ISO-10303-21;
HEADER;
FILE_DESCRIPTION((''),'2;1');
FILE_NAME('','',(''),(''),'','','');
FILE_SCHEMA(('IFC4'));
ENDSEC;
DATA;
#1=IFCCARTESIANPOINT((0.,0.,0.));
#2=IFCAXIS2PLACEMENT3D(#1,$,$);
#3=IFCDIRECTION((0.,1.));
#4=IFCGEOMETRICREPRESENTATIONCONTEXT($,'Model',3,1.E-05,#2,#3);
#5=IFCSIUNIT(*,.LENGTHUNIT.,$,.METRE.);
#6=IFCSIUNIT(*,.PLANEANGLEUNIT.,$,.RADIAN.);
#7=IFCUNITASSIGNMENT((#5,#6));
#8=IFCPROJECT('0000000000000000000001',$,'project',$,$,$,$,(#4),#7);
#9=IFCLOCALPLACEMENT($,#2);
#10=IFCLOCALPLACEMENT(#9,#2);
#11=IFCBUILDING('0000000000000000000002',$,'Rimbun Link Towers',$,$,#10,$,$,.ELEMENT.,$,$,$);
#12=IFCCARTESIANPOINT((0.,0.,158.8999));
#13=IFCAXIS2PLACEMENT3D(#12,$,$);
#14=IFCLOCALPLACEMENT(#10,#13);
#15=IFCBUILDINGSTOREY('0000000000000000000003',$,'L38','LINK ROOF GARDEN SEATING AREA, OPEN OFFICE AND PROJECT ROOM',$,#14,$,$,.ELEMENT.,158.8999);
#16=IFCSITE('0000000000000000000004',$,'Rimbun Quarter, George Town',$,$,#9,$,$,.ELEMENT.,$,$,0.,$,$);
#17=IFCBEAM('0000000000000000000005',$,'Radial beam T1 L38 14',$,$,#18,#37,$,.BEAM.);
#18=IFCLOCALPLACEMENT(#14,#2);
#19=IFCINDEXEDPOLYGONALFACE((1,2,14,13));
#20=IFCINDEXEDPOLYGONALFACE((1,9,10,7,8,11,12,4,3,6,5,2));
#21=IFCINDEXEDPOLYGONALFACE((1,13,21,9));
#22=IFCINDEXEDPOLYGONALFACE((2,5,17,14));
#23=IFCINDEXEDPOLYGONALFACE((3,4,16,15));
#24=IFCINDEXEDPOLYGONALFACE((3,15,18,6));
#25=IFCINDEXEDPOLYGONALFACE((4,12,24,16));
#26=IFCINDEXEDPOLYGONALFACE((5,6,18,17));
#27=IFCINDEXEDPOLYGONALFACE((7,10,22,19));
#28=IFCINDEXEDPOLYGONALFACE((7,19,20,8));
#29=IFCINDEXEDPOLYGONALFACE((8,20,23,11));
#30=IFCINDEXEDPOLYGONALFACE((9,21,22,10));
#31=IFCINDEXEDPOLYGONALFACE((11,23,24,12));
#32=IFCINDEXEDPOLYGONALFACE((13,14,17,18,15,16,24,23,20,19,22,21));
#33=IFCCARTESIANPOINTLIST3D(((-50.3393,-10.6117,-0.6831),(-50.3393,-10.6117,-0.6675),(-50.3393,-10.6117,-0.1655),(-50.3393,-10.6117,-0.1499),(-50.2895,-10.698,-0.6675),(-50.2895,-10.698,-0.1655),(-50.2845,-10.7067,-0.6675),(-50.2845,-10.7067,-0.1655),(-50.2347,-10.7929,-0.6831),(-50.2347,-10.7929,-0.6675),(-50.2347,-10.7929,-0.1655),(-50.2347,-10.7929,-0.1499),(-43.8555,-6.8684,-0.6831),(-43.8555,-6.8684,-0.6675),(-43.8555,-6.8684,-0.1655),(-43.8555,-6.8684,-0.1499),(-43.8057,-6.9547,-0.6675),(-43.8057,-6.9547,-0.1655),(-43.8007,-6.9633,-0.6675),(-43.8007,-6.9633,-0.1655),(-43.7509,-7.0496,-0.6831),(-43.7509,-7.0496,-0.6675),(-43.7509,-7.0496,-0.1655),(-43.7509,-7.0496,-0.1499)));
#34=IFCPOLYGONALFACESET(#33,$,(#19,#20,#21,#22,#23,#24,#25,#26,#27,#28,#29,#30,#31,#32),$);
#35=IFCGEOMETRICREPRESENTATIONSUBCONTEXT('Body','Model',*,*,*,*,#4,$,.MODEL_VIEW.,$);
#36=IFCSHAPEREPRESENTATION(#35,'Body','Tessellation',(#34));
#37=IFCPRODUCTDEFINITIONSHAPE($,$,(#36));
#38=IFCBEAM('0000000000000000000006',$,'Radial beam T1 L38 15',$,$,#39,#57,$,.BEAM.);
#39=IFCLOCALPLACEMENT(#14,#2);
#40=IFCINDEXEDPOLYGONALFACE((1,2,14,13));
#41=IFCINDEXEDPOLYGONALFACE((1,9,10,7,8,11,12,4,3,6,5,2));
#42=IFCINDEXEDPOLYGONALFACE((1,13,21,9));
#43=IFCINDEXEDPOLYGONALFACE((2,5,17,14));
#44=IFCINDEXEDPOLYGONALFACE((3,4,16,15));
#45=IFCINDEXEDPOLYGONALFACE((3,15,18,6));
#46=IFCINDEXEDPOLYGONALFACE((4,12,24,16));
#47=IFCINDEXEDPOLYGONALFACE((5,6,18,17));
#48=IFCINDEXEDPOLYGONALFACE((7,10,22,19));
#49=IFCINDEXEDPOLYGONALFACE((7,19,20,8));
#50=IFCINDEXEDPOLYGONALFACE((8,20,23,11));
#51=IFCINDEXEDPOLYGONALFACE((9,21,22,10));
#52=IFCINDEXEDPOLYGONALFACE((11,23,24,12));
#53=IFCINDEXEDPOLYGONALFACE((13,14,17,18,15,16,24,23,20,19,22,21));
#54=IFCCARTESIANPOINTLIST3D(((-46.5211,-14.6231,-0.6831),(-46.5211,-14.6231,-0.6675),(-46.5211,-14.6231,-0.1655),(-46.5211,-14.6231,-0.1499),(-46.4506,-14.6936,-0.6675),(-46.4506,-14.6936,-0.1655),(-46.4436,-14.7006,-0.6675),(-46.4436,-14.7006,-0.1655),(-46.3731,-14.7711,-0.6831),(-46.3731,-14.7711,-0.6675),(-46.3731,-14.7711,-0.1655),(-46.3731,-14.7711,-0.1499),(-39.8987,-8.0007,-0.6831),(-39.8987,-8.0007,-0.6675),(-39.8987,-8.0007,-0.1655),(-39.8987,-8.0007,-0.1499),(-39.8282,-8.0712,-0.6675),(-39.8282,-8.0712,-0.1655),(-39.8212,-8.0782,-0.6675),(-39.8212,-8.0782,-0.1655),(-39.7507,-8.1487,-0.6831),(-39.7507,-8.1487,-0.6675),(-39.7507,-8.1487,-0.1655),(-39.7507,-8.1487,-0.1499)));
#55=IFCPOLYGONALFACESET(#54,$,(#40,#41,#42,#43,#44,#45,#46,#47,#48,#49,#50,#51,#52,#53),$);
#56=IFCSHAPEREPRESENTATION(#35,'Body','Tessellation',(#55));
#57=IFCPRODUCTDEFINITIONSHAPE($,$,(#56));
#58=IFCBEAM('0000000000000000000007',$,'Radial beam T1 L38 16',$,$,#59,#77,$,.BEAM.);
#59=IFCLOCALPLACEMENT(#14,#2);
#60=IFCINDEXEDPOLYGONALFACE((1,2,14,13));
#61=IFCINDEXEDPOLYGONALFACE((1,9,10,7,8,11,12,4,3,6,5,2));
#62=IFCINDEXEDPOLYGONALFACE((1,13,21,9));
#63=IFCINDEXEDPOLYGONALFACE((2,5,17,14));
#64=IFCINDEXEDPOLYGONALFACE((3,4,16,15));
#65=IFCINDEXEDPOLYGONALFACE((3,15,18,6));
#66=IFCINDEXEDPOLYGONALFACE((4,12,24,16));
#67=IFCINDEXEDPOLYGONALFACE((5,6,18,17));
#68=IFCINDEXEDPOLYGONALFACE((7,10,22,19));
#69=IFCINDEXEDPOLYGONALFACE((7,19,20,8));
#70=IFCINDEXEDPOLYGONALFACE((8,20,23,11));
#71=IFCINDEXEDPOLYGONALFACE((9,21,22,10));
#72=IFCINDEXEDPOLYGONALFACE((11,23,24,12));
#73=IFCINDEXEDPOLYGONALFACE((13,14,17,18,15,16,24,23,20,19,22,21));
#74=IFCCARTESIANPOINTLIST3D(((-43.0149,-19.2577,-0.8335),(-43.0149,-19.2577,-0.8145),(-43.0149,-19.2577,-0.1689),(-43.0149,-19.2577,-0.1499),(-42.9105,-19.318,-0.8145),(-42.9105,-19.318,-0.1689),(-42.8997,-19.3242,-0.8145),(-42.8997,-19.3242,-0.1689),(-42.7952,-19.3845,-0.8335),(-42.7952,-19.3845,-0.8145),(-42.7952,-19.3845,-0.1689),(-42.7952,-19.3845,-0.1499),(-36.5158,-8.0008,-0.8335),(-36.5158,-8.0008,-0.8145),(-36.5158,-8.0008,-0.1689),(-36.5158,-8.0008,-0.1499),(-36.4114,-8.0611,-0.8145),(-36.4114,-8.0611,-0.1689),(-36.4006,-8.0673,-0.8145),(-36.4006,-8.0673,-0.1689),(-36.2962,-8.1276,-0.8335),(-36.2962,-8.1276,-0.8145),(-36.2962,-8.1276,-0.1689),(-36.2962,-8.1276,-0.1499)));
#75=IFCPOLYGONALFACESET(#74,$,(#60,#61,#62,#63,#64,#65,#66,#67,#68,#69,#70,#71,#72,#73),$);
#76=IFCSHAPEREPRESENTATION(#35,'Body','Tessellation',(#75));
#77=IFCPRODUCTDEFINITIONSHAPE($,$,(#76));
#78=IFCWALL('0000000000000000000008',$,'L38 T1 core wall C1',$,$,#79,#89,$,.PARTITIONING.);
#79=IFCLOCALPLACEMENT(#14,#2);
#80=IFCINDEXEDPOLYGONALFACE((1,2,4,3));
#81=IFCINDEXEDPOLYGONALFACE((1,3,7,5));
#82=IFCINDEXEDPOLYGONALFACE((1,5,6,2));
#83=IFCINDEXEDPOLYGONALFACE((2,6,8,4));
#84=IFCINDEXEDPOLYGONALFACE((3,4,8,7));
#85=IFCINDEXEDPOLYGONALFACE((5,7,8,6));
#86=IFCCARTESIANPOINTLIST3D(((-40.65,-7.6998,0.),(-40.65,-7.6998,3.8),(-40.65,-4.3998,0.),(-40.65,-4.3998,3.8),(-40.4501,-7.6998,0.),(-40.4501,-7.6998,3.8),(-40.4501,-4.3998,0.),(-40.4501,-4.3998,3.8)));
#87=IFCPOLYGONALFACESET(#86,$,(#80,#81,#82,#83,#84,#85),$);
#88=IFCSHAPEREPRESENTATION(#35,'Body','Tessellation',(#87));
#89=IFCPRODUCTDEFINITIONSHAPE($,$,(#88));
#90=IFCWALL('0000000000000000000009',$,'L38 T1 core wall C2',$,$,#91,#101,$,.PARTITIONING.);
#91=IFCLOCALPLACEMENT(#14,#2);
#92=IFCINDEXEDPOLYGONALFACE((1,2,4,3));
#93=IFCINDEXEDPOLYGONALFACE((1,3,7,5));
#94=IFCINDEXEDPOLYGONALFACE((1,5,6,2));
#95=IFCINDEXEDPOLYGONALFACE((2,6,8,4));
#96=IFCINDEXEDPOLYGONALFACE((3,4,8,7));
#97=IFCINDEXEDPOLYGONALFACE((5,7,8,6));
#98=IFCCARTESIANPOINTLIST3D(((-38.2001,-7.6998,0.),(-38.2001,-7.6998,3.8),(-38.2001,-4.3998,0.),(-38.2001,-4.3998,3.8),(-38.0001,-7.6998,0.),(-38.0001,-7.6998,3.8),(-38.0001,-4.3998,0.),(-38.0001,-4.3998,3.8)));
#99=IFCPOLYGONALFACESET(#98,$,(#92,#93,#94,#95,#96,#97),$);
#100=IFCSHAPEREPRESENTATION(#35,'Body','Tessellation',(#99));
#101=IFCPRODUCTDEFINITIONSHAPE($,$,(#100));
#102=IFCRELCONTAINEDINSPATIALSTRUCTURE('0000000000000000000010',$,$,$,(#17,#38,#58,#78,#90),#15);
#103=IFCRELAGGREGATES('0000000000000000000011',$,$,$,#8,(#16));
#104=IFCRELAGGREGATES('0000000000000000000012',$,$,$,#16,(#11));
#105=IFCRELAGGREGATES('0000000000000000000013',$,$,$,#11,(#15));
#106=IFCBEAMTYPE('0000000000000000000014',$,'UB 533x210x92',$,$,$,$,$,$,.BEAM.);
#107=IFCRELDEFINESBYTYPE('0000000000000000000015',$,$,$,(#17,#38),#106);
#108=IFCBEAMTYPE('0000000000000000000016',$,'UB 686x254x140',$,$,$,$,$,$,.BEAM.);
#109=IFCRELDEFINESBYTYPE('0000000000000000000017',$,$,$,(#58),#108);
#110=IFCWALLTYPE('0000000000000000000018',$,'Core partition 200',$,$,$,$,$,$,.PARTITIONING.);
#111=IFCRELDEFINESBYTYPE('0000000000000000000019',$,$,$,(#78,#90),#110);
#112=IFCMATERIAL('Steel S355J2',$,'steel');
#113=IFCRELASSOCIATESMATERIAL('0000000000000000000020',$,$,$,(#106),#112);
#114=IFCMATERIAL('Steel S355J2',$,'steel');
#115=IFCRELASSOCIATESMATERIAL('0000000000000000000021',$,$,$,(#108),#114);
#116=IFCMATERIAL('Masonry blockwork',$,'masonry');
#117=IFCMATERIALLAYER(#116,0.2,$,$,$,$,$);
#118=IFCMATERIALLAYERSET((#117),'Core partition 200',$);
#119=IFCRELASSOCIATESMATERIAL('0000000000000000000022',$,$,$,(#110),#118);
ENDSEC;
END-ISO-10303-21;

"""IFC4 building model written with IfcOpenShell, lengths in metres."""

from ifc_helpers import new_model, si_unit, direction, frame, frame_2d, origin, origin_2d, place, context, subcontext, project, spatial, rectangle, i_section, extrude, material, layer, layer_set, material_profile, profile_set, type_object, element, save


model = new_model("IFC4")

# Units and contexts
model_context = context("Model", 3, precision=1e-05, world=origin(), true_north=direction((0.0, 1.0)))
body_context = subcontext(model_context, "Body", "Model", "MODEL_VIEW")
ifc_project = project(units=[si_unit("LENGTHUNIT", "METRE"), si_unit("PLANEANGLEUNIT", "RADIAN")], contexts=[model_context])

# Site, building, storey
site_placement = place(None, origin())
site = spatial("IfcSite", under=ifc_project, at=site_placement, Name="Rimbun Quarter, George Town", CompositionType="ELEMENT", RefElevation=0.0)
building_placement = place(site_placement, origin())
building = spatial("IfcBuilding", under=site, at=building_placement, Name="Rimbun Link Towers", CompositionType="ELEMENT")
storey_placement = place(building_placement, frame((0.0, 0.0, 158.8999)))
storey = spatial("IfcBuildingStorey", under=building, at=storey_placement, Name="L38", Description="LINK ROOF GARDEN SEATING AREA, OPEN OFFICE AND PROJECT ROOM", CompositionType="ELEMENT", Elevation=158.8999)

# Beams
ifc_material_1 = material(Name="Steel S355J2", Category="steel")
ifc_material_profile_1 = material_profile(ifc_material_1, i_section(OverallWidth=0.2092, OverallDepth=0.5332, WebThickness=0.01, FlangeThickness=0.0156, at=origin_2d()), Name="UB 533x210x92")
ifc_profile_set_1 = profile_set([ifc_material_profile_1], Name="Steel S355J2")
beam_type_1 = type_object("IfcBeamType", Name="UB 533x210x92", PredefinedType="BEAM", material=ifc_profile_set_1)
beam_1_placement = place(storey_placement, frame((-43.8032, -6.959, -0.4165), z_axis=(-0.866029, -0.499993, 0.0), x_axis=(0.499993, -0.866029, 0.0)))
element("IfcBeam", 1, at=beam_1_placement, inside=storey, type_object=beam_type_1, Name="Radial beam T1 L38 14", PredefinedType="BEAM", context=body_context, shape_type="SweptSolid", body=[
    extrude(i_section(OverallWidth=0.2092, OverallDepth=0.5332, WebThickness=0.01, FlangeThickness=0.0156, at=origin_2d()), origin(), (0.0, 0.0, 1.0), 7.4868),
])
beam_2_placement = place(storey_placement, frame((-39.8247, -8.0747, -0.4165), z_axis=(-0.707107, -0.707107, 0.0), x_axis=(0.707107, -0.707107, 0.0)))
element("IfcBeam", 2, at=beam_2_placement, inside=storey, type_object=beam_type_1, Name="Radial beam T1 L38 15", PredefinedType="BEAM", context=body_context, shape_type="SweptSolid", body=[
    extrude(i_section(OverallWidth=0.2092, OverallDepth=0.5332, WebThickness=0.01, FlangeThickness=0.0156, at=origin_2d()), origin(), (0.0, 0.0, 1.0), 9.3655),
])
ifc_material_2 = material(Name="Steel S355J2", Category="steel")
ifc_material_profile_2 = material_profile(ifc_material_2, i_section(OverallWidth=0.2537, OverallDepth=0.6836, WebThickness=0.0125, FlangeThickness=0.019, at=origin_2d()), Name="UB 686x254x140")
ifc_profile_set_2 = profile_set([ifc_material_profile_2], Name="Steel S355J2")
beam_type_2 = type_object("IfcBeamType", Name="UB 686x254x140", PredefinedType="BEAM", material=ifc_profile_set_2)
beam_3_placement = place(storey_placement, frame((-36.406, -8.0642, -0.4917), z_axis=(-0.499993, -0.866029, 0.0), x_axis=(0.866029, -0.499993, 0.0)))
element("IfcBeam", 3, at=beam_3_placement, inside=storey, type_object=beam_type_2, Name="Radial beam T1 L38 16", PredefinedType="BEAM", context=body_context, shape_type="SweptSolid", body=[
    extrude(i_section(OverallWidth=0.2537, OverallDepth=0.6836, WebThickness=0.0125, FlangeThickness=0.019, at=origin_2d()), origin(), (0.0, 0.0, 1.0), 12.9983),
])

# Walls
ifc_material_3 = material(Name="Masonry blockwork", Category="masonry")
ifc_layer_1 = layer(ifc_material_3, 0.2)
ifc_layer_set_1 = layer_set([ifc_layer_1], Name="Core partition 200")
wall_type_1 = type_object("IfcWallType", Name="Core partition 200", PredefinedType="PARTITIONING", material=ifc_layer_set_1)
for number, where, z_axis, x_axis, name in (
    (4, (-40.55, -4.3999, 0.0), (0.0, 0.0, 1.0), (0.0, -1.0, 0.0), "L38 T1 core wall C1"),
    (5, (-38.1001, -4.3999, 0.0), (0.0, 0.0, 1.0), (0.0, -1.0, 0.0), "L38 T1 core wall C2"),
):
    element("IfcWall", number, at=place(storey_placement, frame(where, z_axis=z_axis, x_axis=x_axis)), inside=storey, type_object=wall_type_1, Name=name, PredefinedType="PARTITIONING", context=body_context, shape_type="SweptSolid", body=[
        extrude(rectangle(XDim=3.3, YDim=0.2, at=frame_2d((1.6499, 0.0))), origin(), (0.0, 0.0, 1.0), 3.8),
    ])

save(model, "model.ifc")
